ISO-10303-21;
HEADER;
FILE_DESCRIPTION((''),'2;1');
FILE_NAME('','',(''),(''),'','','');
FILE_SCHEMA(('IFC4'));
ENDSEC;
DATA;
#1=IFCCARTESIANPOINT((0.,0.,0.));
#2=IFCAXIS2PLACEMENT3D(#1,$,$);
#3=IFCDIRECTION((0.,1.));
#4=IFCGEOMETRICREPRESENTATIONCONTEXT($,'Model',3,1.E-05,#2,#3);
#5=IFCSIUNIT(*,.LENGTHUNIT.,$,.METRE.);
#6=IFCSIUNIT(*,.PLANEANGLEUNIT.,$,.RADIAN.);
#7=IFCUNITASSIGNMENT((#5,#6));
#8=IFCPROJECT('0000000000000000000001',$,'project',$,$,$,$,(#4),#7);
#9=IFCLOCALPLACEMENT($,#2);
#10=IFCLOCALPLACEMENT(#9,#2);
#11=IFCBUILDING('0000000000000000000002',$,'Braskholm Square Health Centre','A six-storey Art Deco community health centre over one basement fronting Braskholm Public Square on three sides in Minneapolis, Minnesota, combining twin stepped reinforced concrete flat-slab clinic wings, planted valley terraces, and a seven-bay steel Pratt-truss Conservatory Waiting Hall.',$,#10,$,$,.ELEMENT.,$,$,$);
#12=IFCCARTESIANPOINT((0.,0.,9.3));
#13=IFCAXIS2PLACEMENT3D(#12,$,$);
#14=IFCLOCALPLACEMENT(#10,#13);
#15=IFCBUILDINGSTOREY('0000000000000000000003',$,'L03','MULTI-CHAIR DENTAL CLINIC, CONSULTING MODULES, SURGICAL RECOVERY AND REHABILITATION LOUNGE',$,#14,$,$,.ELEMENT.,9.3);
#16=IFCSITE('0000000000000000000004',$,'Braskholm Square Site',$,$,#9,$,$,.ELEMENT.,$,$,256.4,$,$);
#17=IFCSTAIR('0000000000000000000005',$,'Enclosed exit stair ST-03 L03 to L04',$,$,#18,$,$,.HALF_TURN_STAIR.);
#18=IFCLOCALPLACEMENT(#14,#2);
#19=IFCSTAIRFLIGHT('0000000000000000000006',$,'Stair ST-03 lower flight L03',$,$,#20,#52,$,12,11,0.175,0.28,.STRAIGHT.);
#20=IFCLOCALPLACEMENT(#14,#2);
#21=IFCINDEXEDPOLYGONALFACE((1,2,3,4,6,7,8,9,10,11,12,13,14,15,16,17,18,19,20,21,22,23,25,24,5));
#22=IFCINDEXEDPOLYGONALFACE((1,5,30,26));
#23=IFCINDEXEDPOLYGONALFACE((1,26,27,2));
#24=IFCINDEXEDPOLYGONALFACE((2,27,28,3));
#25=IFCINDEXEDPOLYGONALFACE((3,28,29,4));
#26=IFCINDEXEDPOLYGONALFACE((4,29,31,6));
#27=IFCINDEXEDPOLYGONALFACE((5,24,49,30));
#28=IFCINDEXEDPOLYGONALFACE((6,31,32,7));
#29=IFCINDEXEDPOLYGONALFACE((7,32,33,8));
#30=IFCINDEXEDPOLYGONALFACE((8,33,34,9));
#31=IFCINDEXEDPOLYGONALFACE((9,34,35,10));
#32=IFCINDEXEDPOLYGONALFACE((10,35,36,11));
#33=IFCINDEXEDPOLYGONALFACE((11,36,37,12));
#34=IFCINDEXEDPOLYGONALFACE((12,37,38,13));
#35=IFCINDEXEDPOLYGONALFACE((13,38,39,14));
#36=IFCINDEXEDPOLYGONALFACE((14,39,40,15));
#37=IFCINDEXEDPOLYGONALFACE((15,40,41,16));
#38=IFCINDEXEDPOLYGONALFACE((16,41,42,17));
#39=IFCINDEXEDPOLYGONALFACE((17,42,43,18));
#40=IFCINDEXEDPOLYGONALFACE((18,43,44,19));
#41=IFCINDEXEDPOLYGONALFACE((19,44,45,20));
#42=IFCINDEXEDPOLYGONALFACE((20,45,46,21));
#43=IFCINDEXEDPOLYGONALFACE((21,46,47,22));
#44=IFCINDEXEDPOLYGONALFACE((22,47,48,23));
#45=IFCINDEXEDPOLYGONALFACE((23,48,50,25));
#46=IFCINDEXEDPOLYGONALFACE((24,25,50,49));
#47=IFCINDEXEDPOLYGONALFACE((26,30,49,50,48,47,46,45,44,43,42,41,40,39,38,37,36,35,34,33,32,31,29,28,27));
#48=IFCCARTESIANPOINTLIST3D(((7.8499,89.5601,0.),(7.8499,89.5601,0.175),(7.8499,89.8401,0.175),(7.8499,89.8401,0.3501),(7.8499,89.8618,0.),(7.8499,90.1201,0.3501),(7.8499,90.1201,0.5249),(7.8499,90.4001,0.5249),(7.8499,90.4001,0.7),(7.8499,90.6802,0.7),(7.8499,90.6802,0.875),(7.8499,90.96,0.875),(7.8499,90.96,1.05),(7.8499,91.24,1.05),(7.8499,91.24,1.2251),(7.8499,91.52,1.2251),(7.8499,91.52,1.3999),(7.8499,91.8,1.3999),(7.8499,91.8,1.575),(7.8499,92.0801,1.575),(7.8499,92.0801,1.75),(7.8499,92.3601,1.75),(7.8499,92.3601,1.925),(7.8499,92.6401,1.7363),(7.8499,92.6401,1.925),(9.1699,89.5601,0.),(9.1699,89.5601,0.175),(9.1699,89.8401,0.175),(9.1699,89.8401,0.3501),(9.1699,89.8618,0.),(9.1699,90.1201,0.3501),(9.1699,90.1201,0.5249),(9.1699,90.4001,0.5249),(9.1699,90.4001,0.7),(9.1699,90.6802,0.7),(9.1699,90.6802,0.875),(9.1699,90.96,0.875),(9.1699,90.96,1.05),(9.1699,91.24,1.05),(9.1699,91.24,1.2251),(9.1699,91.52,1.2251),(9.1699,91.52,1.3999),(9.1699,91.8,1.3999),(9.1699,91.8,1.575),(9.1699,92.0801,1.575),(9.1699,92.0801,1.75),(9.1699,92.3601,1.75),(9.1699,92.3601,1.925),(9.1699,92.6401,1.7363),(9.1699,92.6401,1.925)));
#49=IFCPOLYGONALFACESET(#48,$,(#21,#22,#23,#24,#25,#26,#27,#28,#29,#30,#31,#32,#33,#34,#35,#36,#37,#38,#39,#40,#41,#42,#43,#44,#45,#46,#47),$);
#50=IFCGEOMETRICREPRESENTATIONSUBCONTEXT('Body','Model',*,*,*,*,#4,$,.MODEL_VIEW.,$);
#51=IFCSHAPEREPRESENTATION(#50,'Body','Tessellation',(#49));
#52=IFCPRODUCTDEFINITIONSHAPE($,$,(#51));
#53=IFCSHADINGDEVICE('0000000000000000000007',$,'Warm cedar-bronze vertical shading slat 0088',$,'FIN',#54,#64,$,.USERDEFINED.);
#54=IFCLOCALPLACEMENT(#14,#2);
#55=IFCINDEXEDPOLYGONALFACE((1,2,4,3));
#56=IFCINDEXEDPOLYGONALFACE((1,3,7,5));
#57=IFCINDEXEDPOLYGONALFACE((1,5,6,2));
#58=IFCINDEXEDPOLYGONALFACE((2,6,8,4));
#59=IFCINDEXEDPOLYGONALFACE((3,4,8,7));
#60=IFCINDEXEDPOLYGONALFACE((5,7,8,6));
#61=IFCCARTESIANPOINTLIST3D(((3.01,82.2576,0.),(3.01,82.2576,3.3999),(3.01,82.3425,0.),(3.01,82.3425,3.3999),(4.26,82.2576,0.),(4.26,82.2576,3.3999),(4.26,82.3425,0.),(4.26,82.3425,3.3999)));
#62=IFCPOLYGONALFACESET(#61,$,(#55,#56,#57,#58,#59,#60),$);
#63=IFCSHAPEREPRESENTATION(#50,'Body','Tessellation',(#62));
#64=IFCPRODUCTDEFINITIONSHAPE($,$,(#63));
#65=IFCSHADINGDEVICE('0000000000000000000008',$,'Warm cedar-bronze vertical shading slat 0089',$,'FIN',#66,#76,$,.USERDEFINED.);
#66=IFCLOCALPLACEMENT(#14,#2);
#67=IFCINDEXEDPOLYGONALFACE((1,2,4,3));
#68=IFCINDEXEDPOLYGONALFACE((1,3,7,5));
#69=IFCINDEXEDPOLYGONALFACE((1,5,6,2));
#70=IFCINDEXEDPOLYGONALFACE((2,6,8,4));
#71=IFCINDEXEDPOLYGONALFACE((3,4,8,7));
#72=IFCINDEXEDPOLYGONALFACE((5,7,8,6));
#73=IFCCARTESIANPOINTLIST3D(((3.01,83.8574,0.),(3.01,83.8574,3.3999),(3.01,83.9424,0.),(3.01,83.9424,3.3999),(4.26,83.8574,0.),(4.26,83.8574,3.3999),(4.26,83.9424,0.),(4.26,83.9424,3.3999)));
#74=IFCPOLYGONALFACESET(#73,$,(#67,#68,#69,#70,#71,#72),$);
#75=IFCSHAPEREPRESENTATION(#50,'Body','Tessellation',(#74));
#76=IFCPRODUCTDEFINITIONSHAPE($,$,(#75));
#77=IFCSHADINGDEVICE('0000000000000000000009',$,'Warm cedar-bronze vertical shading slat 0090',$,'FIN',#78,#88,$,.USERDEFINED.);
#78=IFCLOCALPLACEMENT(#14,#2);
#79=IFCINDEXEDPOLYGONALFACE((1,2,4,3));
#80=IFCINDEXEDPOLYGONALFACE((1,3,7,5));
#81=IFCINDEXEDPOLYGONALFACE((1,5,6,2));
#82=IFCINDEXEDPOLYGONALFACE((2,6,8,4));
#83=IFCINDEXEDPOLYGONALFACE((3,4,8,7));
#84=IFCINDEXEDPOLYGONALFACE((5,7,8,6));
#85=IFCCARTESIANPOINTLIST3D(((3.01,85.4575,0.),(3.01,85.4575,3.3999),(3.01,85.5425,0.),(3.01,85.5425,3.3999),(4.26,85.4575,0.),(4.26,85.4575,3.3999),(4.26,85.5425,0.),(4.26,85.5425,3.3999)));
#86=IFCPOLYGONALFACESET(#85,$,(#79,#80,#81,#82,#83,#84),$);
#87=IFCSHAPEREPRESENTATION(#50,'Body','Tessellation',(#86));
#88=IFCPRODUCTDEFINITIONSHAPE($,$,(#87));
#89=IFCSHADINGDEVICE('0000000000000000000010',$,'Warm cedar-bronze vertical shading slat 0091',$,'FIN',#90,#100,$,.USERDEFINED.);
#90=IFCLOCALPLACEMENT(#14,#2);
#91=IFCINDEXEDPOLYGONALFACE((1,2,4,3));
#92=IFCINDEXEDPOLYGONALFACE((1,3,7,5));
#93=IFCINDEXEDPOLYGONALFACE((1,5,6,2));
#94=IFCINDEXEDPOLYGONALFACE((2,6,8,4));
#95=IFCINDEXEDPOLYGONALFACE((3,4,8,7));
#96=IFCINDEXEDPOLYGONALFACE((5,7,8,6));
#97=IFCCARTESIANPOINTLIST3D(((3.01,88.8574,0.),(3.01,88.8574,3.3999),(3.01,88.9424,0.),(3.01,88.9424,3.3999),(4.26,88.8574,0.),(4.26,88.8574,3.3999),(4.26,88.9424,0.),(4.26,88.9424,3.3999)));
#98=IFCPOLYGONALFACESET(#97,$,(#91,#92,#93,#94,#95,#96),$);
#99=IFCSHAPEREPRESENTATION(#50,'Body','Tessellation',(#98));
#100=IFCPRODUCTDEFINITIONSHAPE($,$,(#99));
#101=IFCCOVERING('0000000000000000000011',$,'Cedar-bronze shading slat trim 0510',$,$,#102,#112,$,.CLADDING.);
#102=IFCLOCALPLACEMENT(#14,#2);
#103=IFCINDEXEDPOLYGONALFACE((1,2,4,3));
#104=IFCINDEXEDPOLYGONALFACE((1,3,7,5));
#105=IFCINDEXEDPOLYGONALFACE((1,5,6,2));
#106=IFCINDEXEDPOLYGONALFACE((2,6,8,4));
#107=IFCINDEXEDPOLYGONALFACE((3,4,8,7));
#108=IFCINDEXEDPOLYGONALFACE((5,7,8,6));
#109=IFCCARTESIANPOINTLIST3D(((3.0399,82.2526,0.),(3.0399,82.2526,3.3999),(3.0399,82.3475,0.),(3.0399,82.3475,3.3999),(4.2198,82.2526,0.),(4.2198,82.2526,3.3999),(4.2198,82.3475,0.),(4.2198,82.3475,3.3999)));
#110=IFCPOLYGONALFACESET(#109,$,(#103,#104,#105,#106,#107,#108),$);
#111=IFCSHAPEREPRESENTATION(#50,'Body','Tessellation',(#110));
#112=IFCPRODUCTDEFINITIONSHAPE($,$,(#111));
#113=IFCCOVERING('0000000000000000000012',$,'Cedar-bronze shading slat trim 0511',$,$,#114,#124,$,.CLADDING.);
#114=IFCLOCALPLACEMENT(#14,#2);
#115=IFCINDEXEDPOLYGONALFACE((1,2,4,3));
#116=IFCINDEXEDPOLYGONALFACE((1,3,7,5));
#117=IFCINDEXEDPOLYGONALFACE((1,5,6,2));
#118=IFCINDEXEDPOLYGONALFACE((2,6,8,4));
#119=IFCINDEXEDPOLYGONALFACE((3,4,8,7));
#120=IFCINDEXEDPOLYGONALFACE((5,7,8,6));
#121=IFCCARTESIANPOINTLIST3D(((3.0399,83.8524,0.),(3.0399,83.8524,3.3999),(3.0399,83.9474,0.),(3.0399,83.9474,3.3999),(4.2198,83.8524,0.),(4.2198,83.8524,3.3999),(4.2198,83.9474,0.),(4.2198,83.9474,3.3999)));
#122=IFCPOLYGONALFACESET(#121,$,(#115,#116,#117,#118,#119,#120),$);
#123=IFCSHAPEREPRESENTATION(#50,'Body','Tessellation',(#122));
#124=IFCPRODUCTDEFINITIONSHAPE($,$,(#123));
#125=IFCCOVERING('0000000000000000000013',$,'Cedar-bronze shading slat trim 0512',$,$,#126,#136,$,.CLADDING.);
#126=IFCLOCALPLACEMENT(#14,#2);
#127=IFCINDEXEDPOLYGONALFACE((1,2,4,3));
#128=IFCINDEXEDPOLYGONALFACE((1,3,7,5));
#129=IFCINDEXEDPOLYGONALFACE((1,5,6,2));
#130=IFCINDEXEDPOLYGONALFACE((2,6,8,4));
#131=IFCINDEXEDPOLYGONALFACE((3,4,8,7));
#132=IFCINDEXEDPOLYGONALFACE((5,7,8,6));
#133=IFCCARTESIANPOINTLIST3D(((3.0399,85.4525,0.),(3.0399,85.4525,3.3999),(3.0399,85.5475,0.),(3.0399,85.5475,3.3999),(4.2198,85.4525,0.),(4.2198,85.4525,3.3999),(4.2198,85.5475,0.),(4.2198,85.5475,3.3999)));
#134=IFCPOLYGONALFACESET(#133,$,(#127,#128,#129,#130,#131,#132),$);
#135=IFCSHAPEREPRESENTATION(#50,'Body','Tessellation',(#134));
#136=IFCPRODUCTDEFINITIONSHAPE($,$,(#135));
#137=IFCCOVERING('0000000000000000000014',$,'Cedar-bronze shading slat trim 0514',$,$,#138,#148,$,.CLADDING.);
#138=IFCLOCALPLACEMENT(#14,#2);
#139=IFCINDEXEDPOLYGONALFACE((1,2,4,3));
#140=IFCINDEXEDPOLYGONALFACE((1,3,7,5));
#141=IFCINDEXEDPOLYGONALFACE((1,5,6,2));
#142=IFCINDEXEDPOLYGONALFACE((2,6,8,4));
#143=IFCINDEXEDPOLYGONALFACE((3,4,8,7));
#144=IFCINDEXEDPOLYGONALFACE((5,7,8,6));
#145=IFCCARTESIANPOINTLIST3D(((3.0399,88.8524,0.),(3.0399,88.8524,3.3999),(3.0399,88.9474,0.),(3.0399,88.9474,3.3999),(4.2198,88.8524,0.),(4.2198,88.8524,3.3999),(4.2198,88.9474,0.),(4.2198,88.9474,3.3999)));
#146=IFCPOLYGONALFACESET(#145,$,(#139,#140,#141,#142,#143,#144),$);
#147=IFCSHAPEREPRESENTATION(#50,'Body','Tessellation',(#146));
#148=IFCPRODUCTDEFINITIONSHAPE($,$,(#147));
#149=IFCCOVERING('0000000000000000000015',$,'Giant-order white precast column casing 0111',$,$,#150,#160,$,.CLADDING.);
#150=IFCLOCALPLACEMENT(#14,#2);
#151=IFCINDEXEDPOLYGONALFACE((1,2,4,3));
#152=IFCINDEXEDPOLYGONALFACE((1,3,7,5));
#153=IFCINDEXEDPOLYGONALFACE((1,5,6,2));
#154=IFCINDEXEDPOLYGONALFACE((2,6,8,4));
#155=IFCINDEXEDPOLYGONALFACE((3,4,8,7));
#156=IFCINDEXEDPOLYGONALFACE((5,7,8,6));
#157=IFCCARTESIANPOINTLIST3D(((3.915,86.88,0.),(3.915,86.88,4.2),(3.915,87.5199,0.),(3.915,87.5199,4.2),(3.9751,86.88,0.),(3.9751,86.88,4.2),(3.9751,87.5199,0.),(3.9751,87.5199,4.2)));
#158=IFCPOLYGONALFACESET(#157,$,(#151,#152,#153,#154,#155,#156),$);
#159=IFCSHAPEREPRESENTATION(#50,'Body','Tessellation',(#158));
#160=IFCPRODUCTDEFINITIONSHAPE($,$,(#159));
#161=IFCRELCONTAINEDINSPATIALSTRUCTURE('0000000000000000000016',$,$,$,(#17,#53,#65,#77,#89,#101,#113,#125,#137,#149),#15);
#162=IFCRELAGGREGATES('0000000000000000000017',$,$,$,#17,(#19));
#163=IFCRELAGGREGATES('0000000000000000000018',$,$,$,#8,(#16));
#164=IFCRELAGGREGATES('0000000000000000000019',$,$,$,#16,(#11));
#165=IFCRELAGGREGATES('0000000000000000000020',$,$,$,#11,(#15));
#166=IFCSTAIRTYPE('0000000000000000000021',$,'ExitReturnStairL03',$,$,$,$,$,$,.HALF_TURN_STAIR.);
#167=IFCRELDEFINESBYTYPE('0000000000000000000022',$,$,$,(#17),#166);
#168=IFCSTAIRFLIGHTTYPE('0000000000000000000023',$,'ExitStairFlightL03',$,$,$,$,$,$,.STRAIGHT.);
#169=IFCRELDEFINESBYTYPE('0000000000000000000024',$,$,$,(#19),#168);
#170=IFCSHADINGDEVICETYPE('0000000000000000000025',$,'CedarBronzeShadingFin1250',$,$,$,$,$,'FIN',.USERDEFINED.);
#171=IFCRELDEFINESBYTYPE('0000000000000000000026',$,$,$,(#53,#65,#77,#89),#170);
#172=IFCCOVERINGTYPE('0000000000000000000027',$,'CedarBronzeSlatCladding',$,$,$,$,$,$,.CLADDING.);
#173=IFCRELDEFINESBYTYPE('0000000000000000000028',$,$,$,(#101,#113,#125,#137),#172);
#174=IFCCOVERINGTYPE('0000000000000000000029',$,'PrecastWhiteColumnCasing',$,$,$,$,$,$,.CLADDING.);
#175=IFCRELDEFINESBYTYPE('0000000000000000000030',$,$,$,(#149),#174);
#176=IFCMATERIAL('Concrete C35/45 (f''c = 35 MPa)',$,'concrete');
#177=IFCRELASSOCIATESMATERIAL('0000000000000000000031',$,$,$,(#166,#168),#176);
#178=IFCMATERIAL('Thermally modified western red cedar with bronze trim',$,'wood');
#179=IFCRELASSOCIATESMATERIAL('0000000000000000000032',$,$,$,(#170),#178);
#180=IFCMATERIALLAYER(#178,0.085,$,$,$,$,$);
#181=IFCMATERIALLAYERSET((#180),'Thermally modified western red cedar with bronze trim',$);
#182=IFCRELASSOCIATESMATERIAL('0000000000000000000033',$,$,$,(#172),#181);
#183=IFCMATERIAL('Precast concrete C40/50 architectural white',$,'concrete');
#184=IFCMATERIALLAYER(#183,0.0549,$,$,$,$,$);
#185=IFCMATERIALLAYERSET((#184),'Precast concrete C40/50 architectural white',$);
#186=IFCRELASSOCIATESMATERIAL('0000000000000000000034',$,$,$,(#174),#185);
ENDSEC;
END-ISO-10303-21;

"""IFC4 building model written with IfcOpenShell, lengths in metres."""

from ifc_helpers import new_model, si_unit, direction, frame, origin, origin_2d, place, context, subcontext, project, spatial, polyline, rectangle, outline, extrude, material, layer, layer_set, type_object, element, aggregate, save


model = new_model("IFC4")

# Units and contexts
model_context = context("Model", 3, precision=1e-05, world=origin(), true_north=direction((0.0, 1.0)))
body_context = subcontext(model_context, "Body", "Model", "MODEL_VIEW")
ifc_project = project(units=[si_unit("LENGTHUNIT", "METRE"), si_unit("PLANEANGLEUNIT", "RADIAN")], contexts=[model_context])

# Site, building, storey
site_placement = place(None, origin())
site = spatial("IfcSite", under=ifc_project, at=site_placement, Name="Braskholm Square Site", CompositionType="ELEMENT", RefElevation=256.4)
building_placement = place(site_placement, origin())
building = spatial("IfcBuilding", under=site, at=building_placement, Name="Braskholm Square Health Centre", Description="A six-storey Art Deco community health centre over one basement fronting Braskholm Public Square on three sides in Minneapolis, Minnesota, combining twin stepped reinforced concrete flat-slab clinic wings, planted valley terraces, and a seven-bay steel Pratt-truss Conservatory Waiting Hall.", CompositionType="ELEMENT")
storey_placement = place(building_placement, frame((0.0, 0.0, 9.3)))
storey = spatial("IfcBuildingStorey", under=building, at=storey_placement, Name="L03", Description="MULTI-CHAIR DENTAL CLINIC, CONSULTING MODULES, SURGICAL RECOVERY AND REHABILITATION LOUNGE", CompositionType="ELEMENT", Elevation=9.3)

# Shared definitions
ifc_material_1 = material(Name="Precast concrete C40/50 architectural white", Category="concrete")

# Shared definitions
ifc_material_2 = material(Name="Concrete C35/45 (f'c = 35 MPa)", Category="concrete")

# Stair, stair flight
stair_type = type_object("IfcStairType", Name="ExitReturnStairL03", PredefinedType="HALF_TURN_STAIR", material=ifc_material_2)
stair_placement = place(storey_placement, origin())
stair = element("IfcStair", 1, at=stair_placement, inside=storey, type_object=stair_type, Name="Enclosed exit stair ST-03 L03 to L04", PredefinedType="HALF_TURN_STAIR")
stair_flight_type = type_object("IfcStairFlightType", Name="ExitStairFlightL03", PredefinedType="STRAIGHT", material=ifc_material_2)
stair_flight_placement = place(storey_placement, frame((8.51, 89.5601, 0.0), z_axis=(0.0, 0.0, 1.0), x_axis=(0.0, 1.0, 0.0)))
stair_flight = element("IfcStairFlight", 2, at=stair_flight_placement, type_object=stair_flight_type, Name="Stair ST-03 lower flight L03", NumberOfRisers=12, NumberOfTreads=11, PredefinedType="STRAIGHT", RiserHeight=0.175, TreadLength=0.28, context=body_context, shape_type="SweptSolid", body=[
    extrude(outline(polyline([(0.0, 0.0), (0.0, 0.175), (0.28, 0.175), (0.28, 0.3501), (0.5601, 0.3501), (0.5601, 0.5249), (0.8401, 0.5249), (0.8401, 0.7), (1.1201, 0.7), (1.1201, 0.875), (1.3999, 0.875), (1.3999, 1.05), (1.6799, 1.05), (1.6799, 1.2251), (1.96, 1.2251), (1.96, 1.3999), (2.24, 1.3999), (2.24, 1.575), (2.52, 1.575), (2.52, 1.75), (2.8, 1.75), (2.8, 1.925), (3.0801, 1.925), (3.0801, 2.1001), (3.0801, 1.7363), (0.3018, 0.0), (0.0, 0.0)])), frame((0.0, 0.6602, 0.0), z_axis=(0.0, -1.0, 0.0), x_axis=(1.0, 0.0, 0.0)), (0.0, 0.0, 1.0), 1.3201),
])
aggregate(stair, [stair_flight])

# Shading devices
ifc_material_3 = material(Name="Thermally modified western red cedar with bronze trim", Category="wood")
shading_device_type = type_object("IfcShadingDeviceType", Name="CedarBronzeShadingFin1250", ElementType="FIN", PredefinedType="USERDEFINED", material=ifc_material_3)
for number, where, z_axis, x_axis, name in (
    (3, (3.635, 82.3, 0.0), (0.0, 0.0, 1.0), (1.0, 0.0, 0.0), "Warm cedar-bronze vertical shading slat 0088"),
    (4, (3.635, 83.8999, 0.0), (0.0, 0.0, 1.0), (1.0, 0.0, 0.0), "Warm cedar-bronze vertical shading slat 0089"),
    (5, (3.635, 85.5, 0.0), (0.0, 0.0, 1.0), (1.0, 0.0, 0.0), "Warm cedar-bronze vertical shading slat 0090"),
    (6, (3.635, 88.8999, 0.0), (0.0, 0.0, 1.0), (1.0, 0.0, 0.0), "Warm cedar-bronze vertical shading slat 0091"),
):
    element("IfcShadingDevice", number, at=place(storey_placement, frame(where, z_axis=z_axis, x_axis=x_axis)), inside=storey, type_object=shading_device_type, Name=name, ObjectType="FIN", PredefinedType="USERDEFINED", context=body_context, shape_type="SweptSolid", body=[
        extrude(rectangle(XDim=1.25, YDim=0.085, at=origin_2d()), origin(), (0.0, 0.0, 1.0), 3.3999),
    ])

# Coverings
ifc_layer_1 = layer(ifc_material_3, 0.085)
ifc_layer_set_1 = layer_set([ifc_layer_1], Name="Thermally modified western red cedar with bronze trim")
covering_type_1 = type_object("IfcCoveringType", Name="CedarBronzeSlatCladding", PredefinedType="CLADDING", material=ifc_layer_set_1)
for number, where, z_axis, x_axis, name in (
    (7, (3.6299, 82.3, 0.0), (0.0, 0.0, 1.0), (1.0, 0.0, 0.0), "Cedar-bronze shading slat trim 0510"),
    (8, (3.6299, 83.8999, 0.0), (0.0, 0.0, 1.0), (1.0, 0.0, 0.0), "Cedar-bronze shading slat trim 0511"),
    (9, (3.6299, 85.5, 0.0), (0.0, 0.0, 1.0), (1.0, 0.0, 0.0), "Cedar-bronze shading slat trim 0512"),
    (10, (3.6299, 88.8999, 0.0), (0.0, 0.0, 1.0), (1.0, 0.0, 0.0), "Cedar-bronze shading slat trim 0514"),
):
    element("IfcCovering", number, at=place(storey_placement, frame(where, z_axis=z_axis, x_axis=x_axis)), inside=storey, type_object=covering_type_1, Name=name, PredefinedType="CLADDING", context=body_context, shape_type="SweptSolid", body=[
        extrude(rectangle(XDim=1.1799, YDim=0.095, at=origin_2d()), origin(), (0.0, 0.0, 1.0), 3.3999),
    ])
ifc_layer_2 = layer(ifc_material_1, 0.0549)
ifc_layer_set_2 = layer_set([ifc_layer_2], Name="Precast concrete C40/50 architectural white")
covering_type_2 = type_object("IfcCoveringType", Name="PrecastWhiteColumnCasing", PredefinedType="CLADDING", material=ifc_layer_set_2)
covering_placement = place(storey_placement, frame((3.9451, 87.2, 0.0), z_axis=(0.0, 0.0, 1.0), x_axis=(1.0, 0.0, 0.0)))
element("IfcCovering", 11, at=covering_placement, inside=storey, type_object=covering_type_2, Name="Giant-order white precast column casing 0111", PredefinedType="CLADDING", context=body_context, shape_type="SweptSolid", body=[
    extrude(rectangle(XDim=0.0601, YDim=0.6399, at=origin_2d()), origin(), (0.0, 0.0, 1.0), 4.2),
])

save(model, "model.ifc")
